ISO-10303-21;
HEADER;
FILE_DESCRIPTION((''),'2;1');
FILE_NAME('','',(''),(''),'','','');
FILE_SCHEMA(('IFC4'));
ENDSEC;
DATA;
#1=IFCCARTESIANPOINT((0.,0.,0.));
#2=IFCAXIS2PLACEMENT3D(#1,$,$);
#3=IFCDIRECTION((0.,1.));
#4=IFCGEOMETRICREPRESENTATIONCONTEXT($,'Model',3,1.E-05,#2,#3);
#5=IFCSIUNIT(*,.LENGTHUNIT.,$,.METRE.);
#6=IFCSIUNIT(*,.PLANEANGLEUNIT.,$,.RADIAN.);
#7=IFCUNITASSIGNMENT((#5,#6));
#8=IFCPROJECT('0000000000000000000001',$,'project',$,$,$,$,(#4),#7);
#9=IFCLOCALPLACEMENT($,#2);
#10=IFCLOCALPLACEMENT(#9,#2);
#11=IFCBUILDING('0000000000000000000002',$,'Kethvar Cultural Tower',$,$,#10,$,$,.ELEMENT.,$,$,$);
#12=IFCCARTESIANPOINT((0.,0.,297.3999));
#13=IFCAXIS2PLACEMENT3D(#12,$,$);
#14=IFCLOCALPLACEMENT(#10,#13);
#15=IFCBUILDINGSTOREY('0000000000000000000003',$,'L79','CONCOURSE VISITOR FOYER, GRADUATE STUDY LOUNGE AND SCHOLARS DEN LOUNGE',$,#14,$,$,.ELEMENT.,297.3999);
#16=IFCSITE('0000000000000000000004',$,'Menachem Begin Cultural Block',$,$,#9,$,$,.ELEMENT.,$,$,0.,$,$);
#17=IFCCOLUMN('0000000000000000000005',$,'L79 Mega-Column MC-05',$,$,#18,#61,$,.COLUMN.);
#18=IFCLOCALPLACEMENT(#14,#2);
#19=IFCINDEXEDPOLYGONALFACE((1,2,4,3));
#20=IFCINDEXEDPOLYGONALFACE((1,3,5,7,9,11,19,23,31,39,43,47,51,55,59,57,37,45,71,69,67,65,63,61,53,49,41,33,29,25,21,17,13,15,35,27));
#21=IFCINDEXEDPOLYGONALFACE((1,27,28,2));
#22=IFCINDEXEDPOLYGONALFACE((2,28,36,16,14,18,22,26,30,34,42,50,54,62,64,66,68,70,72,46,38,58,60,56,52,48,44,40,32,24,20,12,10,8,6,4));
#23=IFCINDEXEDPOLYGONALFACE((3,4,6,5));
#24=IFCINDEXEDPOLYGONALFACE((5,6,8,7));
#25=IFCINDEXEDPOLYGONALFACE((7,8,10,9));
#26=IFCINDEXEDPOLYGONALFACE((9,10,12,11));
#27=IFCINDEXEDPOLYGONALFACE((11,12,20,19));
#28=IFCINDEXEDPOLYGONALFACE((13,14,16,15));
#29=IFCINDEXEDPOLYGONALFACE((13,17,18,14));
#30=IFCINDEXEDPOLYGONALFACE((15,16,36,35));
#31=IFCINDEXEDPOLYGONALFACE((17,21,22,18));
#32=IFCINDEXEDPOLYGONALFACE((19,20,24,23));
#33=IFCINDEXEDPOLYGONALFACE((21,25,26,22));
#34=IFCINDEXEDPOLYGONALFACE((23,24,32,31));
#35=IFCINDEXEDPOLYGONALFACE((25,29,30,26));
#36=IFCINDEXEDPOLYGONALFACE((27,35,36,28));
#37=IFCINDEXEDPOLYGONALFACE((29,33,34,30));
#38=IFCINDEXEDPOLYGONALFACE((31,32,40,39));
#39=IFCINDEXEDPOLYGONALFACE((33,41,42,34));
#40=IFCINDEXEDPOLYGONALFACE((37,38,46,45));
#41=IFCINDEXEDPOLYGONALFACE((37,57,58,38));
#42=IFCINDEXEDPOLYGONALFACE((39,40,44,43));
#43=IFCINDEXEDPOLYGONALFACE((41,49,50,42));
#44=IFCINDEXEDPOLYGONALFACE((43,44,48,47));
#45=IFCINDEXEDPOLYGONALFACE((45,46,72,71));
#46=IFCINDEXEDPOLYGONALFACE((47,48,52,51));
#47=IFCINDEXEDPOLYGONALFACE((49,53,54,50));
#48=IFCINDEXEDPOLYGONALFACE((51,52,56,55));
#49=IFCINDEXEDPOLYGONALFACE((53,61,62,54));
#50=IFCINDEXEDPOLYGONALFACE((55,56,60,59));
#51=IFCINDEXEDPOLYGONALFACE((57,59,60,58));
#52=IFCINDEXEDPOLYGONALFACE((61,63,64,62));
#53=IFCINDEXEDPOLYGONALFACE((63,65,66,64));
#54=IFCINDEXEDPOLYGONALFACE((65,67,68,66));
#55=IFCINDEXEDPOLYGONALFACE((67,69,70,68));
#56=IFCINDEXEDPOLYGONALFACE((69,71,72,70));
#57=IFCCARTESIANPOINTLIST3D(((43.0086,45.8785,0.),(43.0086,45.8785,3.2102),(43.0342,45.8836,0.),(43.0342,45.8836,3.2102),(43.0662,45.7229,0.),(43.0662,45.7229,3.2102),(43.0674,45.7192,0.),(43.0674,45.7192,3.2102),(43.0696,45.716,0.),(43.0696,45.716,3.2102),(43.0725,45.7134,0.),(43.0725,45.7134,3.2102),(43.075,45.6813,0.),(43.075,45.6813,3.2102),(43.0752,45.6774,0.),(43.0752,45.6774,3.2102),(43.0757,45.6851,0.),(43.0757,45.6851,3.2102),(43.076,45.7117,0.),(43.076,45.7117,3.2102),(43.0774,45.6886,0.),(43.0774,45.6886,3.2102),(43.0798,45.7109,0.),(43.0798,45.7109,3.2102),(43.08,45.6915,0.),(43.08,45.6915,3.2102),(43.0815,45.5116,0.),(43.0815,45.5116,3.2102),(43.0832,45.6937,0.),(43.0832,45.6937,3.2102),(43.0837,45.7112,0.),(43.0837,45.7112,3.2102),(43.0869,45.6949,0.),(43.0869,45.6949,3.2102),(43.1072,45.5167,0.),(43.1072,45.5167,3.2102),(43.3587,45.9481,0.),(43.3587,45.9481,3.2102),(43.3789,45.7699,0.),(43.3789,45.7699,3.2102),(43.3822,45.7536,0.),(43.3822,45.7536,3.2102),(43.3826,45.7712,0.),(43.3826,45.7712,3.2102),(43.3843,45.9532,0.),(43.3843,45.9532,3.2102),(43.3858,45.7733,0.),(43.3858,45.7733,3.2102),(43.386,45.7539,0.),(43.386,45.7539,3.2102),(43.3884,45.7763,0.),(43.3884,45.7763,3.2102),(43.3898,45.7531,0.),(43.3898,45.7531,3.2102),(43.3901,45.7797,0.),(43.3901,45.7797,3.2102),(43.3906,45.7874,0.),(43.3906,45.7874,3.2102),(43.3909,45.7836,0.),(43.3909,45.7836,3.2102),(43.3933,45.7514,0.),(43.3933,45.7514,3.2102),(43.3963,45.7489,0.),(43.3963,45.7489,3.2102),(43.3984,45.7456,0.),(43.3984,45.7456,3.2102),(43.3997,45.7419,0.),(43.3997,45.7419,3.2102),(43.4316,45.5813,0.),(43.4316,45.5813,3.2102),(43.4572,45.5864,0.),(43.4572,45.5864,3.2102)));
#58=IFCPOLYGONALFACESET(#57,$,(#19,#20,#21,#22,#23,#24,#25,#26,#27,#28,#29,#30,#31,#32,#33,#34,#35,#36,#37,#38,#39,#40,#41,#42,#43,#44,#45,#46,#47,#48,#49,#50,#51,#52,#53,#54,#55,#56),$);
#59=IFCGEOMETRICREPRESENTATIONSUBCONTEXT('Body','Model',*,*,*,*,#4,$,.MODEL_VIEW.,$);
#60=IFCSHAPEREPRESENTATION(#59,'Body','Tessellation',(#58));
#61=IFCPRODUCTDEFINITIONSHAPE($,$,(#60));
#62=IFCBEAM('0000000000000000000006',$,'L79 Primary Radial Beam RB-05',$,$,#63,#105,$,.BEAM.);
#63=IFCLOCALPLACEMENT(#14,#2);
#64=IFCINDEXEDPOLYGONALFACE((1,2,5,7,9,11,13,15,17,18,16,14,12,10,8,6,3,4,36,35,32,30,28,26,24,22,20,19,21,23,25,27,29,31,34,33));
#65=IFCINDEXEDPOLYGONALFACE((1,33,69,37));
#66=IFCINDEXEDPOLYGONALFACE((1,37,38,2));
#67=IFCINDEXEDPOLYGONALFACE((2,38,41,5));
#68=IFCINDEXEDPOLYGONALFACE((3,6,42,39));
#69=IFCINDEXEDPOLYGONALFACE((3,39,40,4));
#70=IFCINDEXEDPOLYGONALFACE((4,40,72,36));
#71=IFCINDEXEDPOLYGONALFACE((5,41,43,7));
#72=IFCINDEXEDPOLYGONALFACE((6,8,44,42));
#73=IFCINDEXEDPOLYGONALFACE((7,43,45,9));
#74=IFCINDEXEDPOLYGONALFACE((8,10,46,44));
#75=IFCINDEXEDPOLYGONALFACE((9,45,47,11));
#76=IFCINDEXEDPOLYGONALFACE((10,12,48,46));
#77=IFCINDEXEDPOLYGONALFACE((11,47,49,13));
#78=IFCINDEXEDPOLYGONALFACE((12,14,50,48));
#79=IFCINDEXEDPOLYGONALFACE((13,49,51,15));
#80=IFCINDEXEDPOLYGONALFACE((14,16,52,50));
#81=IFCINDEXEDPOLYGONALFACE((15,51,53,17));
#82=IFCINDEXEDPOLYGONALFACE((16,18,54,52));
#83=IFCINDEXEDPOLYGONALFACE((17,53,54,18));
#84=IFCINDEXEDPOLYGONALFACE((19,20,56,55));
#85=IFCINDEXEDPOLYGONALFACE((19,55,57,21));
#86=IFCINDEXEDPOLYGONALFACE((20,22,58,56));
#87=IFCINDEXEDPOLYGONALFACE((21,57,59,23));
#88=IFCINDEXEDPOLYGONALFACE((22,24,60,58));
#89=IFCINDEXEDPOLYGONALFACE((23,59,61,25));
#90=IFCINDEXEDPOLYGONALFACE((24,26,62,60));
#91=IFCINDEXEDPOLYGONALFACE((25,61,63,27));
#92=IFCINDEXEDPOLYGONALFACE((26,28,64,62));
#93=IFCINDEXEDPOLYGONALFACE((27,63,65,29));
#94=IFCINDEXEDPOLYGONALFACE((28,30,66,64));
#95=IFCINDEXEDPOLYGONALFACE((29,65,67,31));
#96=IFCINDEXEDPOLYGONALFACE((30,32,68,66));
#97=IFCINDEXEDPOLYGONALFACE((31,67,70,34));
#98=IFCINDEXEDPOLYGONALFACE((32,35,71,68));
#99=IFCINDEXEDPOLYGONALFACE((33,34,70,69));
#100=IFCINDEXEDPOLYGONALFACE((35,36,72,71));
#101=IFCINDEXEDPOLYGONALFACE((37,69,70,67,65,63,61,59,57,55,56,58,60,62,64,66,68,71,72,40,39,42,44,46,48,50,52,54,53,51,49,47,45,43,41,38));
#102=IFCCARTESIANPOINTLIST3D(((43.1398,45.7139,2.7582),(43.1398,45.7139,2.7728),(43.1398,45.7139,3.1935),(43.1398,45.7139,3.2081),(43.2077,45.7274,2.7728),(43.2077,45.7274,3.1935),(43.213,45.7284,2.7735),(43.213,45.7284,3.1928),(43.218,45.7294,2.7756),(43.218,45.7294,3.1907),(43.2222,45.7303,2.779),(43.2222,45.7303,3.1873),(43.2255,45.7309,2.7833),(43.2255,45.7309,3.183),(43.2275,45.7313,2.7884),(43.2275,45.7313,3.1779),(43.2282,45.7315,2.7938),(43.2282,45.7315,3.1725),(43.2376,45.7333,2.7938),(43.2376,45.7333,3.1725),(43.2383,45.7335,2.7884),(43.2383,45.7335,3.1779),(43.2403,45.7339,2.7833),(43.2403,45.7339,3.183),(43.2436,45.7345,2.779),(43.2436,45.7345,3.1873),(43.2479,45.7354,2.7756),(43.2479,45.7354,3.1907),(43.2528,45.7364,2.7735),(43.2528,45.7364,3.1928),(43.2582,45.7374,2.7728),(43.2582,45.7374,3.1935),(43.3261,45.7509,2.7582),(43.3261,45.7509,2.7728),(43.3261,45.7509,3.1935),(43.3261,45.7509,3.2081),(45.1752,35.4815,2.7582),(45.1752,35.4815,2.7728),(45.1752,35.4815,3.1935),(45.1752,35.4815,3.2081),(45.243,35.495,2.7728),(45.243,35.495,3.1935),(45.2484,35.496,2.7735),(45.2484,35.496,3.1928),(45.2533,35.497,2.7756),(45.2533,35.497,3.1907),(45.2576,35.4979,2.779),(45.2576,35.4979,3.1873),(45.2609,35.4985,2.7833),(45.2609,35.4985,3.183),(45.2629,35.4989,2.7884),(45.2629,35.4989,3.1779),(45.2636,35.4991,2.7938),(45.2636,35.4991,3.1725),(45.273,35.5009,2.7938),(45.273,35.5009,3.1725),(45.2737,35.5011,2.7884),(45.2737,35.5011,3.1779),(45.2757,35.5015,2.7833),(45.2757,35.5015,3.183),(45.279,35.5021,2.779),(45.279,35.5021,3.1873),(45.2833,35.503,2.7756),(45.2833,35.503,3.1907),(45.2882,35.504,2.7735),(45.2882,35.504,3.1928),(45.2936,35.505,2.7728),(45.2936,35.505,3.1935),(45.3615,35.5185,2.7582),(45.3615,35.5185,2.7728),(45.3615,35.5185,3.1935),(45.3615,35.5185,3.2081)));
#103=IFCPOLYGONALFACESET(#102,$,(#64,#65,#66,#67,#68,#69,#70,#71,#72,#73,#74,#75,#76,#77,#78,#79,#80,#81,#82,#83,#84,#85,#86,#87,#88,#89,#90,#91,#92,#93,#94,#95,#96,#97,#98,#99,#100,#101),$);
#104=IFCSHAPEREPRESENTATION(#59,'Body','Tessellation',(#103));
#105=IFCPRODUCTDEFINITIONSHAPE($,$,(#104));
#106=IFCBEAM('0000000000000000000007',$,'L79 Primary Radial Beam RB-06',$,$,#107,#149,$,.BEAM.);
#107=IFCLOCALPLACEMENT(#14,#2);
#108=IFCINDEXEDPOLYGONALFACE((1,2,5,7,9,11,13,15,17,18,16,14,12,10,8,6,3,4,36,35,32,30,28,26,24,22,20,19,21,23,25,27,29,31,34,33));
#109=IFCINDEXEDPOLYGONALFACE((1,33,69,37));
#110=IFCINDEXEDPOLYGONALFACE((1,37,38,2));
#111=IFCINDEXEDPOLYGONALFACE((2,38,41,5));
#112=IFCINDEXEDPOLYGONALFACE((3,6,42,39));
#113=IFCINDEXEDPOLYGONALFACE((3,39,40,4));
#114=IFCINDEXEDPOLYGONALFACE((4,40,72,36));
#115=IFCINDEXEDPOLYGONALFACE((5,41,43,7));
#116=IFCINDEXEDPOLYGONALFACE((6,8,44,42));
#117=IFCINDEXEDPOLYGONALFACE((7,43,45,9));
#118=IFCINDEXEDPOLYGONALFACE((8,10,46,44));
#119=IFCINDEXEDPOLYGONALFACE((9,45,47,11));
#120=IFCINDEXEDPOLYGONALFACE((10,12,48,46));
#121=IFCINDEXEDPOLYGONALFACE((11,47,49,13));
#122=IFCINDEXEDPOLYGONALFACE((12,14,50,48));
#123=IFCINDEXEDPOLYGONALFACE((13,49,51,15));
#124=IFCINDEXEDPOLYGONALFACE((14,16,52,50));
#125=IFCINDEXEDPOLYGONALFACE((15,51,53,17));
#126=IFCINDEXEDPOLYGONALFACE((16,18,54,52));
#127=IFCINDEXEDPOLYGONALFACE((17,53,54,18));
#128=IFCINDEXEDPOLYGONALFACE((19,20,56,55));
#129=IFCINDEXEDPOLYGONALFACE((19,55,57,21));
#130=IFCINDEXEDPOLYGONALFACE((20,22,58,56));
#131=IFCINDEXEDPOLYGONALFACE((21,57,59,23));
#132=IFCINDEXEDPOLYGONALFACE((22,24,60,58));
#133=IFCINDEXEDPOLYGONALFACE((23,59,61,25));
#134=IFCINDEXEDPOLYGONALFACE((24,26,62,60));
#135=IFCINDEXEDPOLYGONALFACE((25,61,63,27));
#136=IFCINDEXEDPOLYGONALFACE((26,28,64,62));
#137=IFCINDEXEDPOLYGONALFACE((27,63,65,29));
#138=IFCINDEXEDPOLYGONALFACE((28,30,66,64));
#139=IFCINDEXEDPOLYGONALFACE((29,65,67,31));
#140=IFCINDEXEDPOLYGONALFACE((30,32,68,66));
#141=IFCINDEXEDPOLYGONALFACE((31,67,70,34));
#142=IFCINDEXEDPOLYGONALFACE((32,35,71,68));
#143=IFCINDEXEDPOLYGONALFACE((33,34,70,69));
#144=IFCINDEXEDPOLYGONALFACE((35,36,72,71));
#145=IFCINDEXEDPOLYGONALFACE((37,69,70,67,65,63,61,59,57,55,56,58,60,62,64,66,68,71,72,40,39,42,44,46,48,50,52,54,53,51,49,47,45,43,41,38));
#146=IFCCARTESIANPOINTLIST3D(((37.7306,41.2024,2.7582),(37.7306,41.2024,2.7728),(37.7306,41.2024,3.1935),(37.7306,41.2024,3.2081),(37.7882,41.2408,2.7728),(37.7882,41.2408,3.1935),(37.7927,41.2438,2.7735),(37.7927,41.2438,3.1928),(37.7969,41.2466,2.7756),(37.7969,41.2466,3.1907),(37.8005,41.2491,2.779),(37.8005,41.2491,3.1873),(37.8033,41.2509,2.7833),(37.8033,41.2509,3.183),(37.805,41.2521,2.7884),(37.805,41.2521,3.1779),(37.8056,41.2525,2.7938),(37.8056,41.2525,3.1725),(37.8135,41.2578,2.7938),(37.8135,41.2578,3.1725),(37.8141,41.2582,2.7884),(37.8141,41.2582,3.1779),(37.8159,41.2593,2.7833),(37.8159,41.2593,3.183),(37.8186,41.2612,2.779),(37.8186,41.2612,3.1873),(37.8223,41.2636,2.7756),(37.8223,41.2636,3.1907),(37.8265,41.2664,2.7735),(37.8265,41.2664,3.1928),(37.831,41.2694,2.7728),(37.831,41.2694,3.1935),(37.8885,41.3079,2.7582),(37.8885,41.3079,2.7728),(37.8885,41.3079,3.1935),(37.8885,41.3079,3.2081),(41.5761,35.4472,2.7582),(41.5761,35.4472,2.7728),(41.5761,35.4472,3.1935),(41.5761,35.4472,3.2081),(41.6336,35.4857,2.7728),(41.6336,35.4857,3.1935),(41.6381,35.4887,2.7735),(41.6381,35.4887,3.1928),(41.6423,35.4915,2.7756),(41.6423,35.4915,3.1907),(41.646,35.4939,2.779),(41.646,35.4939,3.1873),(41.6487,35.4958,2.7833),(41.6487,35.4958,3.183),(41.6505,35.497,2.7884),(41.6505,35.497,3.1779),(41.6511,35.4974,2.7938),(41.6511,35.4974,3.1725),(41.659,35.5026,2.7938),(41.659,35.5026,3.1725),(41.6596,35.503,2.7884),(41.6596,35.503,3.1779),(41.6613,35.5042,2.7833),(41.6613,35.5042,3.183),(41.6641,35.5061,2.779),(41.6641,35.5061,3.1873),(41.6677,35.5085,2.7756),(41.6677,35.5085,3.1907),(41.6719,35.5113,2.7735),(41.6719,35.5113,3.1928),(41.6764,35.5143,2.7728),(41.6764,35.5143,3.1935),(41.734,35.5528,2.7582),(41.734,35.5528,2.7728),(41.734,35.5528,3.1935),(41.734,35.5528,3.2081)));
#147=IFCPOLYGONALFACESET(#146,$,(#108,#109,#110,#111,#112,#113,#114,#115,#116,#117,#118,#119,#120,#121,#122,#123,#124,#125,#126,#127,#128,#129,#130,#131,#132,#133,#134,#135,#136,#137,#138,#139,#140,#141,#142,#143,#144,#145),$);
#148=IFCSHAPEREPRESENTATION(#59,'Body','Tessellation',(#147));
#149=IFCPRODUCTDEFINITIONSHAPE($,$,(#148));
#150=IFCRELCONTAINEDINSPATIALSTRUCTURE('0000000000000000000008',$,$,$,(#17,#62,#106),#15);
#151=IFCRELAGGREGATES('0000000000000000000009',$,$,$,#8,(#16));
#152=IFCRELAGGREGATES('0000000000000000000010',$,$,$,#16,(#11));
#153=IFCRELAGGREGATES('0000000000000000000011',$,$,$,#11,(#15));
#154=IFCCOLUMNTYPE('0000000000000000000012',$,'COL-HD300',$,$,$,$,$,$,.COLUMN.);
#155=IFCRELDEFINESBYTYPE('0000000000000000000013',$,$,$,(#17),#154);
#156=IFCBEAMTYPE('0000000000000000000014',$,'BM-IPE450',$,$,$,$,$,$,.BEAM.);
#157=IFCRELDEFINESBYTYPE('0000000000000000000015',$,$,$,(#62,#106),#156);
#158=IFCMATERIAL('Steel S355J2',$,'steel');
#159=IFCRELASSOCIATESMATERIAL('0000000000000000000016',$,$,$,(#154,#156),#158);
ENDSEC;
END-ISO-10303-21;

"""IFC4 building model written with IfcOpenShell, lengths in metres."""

from ifc_helpers import new_model, si_unit, direction, frame, origin, origin_2d, place, context, subcontext, project, spatial, i_section, extrude, source, transform, mapped, material, material_profile, profile_set, type_object, element, save


model = new_model("IFC4")

# Units and contexts
model_context = context("Model", 3, precision=1e-05, world=origin(), true_north=direction((0.0, 1.0)))
body_context = subcontext(model_context, "Body", "Model", "MODEL_VIEW")
ifc_project = project(units=[si_unit("LENGTHUNIT", "METRE"), si_unit("PLANEANGLEUNIT", "RADIAN")], contexts=[model_context])

# Site, building, storey
site_placement = place(None, origin())
site = spatial("IfcSite", under=ifc_project, at=site_placement, Name="Menachem Begin Cultural Block", CompositionType="ELEMENT", RefElevation=0.0)
building_placement = place(site_placement, origin())
building = spatial("IfcBuilding", under=site, at=building_placement, Name="Kethvar Cultural Tower", CompositionType="ELEMENT")
storey_placement = place(building_placement, frame((0.0, 0.0, 297.3999)))
storey = spatial("IfcBuildingStorey", under=building, at=storey_placement, Name="L79", Description="CONCOURSE VISITOR FOYER, GRADUATE STUDY LOUNGE AND SCHOLARS DEN LOUNGE", CompositionType="ELEMENT", Elevation=297.3999)

# Column
ifc_material_1 = material(Name="Steel S355J2", Category="steel")
ifc_material_profile_1 = material_profile(ifc_material_1, i_section(OverallWidth=0.374, OverallDepth=0.3831, WebThickness=0.0166, FlangeThickness=0.0261, FilletRadius=0.0149, at=origin_2d()), Name="Steel S355J2 — HD360x300")
ifc_profile_set_1 = profile_set([ifc_material_profile_1], Name="Steel S355J2 — HD360x300")
column_type = type_object("IfcColumnType", Name="COL-HD300", PredefinedType="COLUMN", material=ifc_profile_set_1)
shared_shape_1 = source(origin(), body_context, "Body", "SweptSolid", [
    extrude(i_section(OverallWidth=0.374, OverallDepth=0.3831, WebThickness=0.0166, FlangeThickness=0.0261, FilletRadius=0.0149, at=origin_2d()), origin(), (0.0, 0.0, 1.0), 3.2102),
])
column_placement = place(storey_placement, frame((43.2329, 45.7324, 0.0), z_axis=(0.0, 0.0, 1.0), x_axis=(-0.19509, 0.980785, 0.0)))
element("IfcColumn", 1, at=column_placement, inside=storey, type_object=column_type, Name="L79 Mega-Column MC-05", PredefinedType="COLUMN", context=body_context, shape_type="MappedRepresentation", body=[
    mapped(shared_shape_1, transform((0.0, 0.0, 0.0), scale=1.0)),
])

# Beams
ifc_material_profile_2 = material_profile(ifc_material_1, i_section(OverallWidth=0.1899, OverallDepth=0.45, WebThickness=0.0095, FlangeThickness=0.0146, FilletRadius=0.021, at=origin_2d()), Name="Steel S355J2 — IPE450")
ifc_profile_set_2 = profile_set([ifc_material_profile_2], Name="Steel S355J2 — IPE450")
beam_type_1 = type_object("IfcBeamType", Name="BM-IPE450", PredefinedType="BEAM", material=ifc_profile_set_2)
shared_shape_2 = source(origin(), body_context, "Body", "SweptSolid", [
    extrude(i_section(OverallWidth=0.1899, OverallDepth=0.45, WebThickness=0.0095, FlangeThickness=0.0146, FilletRadius=0.021, at=origin_2d()), origin(), (0.0, 0.0, 1.0), 10.4329),
])
beam_1_placement = place(storey_placement, frame((45.2683, 35.5, 2.9832), z_axis=(-0.195094, 0.980784, 0.0), x_axis=(-0.980784, -0.195094, 0.0)))
element("IfcBeam", 2, at=beam_1_placement, inside=storey, type_object=beam_type_1, Name="L79 Primary Radial Beam RB-05", PredefinedType="BEAM", context=body_context, shape_type="MappedRepresentation", body=[
    mapped(shared_shape_2, transform((0.0, 0.0, 0.0), scale=1.0)),
])
shared_shape_3 = source(origin(), body_context, "Body", "SweptSolid", [
    extrude(i_section(OverallWidth=0.1899, OverallDepth=0.45, WebThickness=0.0095, FlangeThickness=0.0146, FilletRadius=0.021, at=origin_2d()), origin(), (0.0, 0.0, 1.0), 6.9216),
])
beam_2_placement = place(storey_placement, frame((41.655, 35.5, 2.9832), z_axis=(-0.555571, 0.831469, 0.0), x_axis=(-0.831469, -0.555571, 0.0)))
element("IfcBeam", 3, at=beam_2_placement, inside=storey, type_object=beam_type_1, Name="L79 Primary Radial Beam RB-06", PredefinedType="BEAM", context=body_context, shape_type="MappedRepresentation", body=[
    mapped(shared_shape_3, transform((0.0, 0.0, 0.0), scale=1.0)),
])

save(model, "model.ifc")
